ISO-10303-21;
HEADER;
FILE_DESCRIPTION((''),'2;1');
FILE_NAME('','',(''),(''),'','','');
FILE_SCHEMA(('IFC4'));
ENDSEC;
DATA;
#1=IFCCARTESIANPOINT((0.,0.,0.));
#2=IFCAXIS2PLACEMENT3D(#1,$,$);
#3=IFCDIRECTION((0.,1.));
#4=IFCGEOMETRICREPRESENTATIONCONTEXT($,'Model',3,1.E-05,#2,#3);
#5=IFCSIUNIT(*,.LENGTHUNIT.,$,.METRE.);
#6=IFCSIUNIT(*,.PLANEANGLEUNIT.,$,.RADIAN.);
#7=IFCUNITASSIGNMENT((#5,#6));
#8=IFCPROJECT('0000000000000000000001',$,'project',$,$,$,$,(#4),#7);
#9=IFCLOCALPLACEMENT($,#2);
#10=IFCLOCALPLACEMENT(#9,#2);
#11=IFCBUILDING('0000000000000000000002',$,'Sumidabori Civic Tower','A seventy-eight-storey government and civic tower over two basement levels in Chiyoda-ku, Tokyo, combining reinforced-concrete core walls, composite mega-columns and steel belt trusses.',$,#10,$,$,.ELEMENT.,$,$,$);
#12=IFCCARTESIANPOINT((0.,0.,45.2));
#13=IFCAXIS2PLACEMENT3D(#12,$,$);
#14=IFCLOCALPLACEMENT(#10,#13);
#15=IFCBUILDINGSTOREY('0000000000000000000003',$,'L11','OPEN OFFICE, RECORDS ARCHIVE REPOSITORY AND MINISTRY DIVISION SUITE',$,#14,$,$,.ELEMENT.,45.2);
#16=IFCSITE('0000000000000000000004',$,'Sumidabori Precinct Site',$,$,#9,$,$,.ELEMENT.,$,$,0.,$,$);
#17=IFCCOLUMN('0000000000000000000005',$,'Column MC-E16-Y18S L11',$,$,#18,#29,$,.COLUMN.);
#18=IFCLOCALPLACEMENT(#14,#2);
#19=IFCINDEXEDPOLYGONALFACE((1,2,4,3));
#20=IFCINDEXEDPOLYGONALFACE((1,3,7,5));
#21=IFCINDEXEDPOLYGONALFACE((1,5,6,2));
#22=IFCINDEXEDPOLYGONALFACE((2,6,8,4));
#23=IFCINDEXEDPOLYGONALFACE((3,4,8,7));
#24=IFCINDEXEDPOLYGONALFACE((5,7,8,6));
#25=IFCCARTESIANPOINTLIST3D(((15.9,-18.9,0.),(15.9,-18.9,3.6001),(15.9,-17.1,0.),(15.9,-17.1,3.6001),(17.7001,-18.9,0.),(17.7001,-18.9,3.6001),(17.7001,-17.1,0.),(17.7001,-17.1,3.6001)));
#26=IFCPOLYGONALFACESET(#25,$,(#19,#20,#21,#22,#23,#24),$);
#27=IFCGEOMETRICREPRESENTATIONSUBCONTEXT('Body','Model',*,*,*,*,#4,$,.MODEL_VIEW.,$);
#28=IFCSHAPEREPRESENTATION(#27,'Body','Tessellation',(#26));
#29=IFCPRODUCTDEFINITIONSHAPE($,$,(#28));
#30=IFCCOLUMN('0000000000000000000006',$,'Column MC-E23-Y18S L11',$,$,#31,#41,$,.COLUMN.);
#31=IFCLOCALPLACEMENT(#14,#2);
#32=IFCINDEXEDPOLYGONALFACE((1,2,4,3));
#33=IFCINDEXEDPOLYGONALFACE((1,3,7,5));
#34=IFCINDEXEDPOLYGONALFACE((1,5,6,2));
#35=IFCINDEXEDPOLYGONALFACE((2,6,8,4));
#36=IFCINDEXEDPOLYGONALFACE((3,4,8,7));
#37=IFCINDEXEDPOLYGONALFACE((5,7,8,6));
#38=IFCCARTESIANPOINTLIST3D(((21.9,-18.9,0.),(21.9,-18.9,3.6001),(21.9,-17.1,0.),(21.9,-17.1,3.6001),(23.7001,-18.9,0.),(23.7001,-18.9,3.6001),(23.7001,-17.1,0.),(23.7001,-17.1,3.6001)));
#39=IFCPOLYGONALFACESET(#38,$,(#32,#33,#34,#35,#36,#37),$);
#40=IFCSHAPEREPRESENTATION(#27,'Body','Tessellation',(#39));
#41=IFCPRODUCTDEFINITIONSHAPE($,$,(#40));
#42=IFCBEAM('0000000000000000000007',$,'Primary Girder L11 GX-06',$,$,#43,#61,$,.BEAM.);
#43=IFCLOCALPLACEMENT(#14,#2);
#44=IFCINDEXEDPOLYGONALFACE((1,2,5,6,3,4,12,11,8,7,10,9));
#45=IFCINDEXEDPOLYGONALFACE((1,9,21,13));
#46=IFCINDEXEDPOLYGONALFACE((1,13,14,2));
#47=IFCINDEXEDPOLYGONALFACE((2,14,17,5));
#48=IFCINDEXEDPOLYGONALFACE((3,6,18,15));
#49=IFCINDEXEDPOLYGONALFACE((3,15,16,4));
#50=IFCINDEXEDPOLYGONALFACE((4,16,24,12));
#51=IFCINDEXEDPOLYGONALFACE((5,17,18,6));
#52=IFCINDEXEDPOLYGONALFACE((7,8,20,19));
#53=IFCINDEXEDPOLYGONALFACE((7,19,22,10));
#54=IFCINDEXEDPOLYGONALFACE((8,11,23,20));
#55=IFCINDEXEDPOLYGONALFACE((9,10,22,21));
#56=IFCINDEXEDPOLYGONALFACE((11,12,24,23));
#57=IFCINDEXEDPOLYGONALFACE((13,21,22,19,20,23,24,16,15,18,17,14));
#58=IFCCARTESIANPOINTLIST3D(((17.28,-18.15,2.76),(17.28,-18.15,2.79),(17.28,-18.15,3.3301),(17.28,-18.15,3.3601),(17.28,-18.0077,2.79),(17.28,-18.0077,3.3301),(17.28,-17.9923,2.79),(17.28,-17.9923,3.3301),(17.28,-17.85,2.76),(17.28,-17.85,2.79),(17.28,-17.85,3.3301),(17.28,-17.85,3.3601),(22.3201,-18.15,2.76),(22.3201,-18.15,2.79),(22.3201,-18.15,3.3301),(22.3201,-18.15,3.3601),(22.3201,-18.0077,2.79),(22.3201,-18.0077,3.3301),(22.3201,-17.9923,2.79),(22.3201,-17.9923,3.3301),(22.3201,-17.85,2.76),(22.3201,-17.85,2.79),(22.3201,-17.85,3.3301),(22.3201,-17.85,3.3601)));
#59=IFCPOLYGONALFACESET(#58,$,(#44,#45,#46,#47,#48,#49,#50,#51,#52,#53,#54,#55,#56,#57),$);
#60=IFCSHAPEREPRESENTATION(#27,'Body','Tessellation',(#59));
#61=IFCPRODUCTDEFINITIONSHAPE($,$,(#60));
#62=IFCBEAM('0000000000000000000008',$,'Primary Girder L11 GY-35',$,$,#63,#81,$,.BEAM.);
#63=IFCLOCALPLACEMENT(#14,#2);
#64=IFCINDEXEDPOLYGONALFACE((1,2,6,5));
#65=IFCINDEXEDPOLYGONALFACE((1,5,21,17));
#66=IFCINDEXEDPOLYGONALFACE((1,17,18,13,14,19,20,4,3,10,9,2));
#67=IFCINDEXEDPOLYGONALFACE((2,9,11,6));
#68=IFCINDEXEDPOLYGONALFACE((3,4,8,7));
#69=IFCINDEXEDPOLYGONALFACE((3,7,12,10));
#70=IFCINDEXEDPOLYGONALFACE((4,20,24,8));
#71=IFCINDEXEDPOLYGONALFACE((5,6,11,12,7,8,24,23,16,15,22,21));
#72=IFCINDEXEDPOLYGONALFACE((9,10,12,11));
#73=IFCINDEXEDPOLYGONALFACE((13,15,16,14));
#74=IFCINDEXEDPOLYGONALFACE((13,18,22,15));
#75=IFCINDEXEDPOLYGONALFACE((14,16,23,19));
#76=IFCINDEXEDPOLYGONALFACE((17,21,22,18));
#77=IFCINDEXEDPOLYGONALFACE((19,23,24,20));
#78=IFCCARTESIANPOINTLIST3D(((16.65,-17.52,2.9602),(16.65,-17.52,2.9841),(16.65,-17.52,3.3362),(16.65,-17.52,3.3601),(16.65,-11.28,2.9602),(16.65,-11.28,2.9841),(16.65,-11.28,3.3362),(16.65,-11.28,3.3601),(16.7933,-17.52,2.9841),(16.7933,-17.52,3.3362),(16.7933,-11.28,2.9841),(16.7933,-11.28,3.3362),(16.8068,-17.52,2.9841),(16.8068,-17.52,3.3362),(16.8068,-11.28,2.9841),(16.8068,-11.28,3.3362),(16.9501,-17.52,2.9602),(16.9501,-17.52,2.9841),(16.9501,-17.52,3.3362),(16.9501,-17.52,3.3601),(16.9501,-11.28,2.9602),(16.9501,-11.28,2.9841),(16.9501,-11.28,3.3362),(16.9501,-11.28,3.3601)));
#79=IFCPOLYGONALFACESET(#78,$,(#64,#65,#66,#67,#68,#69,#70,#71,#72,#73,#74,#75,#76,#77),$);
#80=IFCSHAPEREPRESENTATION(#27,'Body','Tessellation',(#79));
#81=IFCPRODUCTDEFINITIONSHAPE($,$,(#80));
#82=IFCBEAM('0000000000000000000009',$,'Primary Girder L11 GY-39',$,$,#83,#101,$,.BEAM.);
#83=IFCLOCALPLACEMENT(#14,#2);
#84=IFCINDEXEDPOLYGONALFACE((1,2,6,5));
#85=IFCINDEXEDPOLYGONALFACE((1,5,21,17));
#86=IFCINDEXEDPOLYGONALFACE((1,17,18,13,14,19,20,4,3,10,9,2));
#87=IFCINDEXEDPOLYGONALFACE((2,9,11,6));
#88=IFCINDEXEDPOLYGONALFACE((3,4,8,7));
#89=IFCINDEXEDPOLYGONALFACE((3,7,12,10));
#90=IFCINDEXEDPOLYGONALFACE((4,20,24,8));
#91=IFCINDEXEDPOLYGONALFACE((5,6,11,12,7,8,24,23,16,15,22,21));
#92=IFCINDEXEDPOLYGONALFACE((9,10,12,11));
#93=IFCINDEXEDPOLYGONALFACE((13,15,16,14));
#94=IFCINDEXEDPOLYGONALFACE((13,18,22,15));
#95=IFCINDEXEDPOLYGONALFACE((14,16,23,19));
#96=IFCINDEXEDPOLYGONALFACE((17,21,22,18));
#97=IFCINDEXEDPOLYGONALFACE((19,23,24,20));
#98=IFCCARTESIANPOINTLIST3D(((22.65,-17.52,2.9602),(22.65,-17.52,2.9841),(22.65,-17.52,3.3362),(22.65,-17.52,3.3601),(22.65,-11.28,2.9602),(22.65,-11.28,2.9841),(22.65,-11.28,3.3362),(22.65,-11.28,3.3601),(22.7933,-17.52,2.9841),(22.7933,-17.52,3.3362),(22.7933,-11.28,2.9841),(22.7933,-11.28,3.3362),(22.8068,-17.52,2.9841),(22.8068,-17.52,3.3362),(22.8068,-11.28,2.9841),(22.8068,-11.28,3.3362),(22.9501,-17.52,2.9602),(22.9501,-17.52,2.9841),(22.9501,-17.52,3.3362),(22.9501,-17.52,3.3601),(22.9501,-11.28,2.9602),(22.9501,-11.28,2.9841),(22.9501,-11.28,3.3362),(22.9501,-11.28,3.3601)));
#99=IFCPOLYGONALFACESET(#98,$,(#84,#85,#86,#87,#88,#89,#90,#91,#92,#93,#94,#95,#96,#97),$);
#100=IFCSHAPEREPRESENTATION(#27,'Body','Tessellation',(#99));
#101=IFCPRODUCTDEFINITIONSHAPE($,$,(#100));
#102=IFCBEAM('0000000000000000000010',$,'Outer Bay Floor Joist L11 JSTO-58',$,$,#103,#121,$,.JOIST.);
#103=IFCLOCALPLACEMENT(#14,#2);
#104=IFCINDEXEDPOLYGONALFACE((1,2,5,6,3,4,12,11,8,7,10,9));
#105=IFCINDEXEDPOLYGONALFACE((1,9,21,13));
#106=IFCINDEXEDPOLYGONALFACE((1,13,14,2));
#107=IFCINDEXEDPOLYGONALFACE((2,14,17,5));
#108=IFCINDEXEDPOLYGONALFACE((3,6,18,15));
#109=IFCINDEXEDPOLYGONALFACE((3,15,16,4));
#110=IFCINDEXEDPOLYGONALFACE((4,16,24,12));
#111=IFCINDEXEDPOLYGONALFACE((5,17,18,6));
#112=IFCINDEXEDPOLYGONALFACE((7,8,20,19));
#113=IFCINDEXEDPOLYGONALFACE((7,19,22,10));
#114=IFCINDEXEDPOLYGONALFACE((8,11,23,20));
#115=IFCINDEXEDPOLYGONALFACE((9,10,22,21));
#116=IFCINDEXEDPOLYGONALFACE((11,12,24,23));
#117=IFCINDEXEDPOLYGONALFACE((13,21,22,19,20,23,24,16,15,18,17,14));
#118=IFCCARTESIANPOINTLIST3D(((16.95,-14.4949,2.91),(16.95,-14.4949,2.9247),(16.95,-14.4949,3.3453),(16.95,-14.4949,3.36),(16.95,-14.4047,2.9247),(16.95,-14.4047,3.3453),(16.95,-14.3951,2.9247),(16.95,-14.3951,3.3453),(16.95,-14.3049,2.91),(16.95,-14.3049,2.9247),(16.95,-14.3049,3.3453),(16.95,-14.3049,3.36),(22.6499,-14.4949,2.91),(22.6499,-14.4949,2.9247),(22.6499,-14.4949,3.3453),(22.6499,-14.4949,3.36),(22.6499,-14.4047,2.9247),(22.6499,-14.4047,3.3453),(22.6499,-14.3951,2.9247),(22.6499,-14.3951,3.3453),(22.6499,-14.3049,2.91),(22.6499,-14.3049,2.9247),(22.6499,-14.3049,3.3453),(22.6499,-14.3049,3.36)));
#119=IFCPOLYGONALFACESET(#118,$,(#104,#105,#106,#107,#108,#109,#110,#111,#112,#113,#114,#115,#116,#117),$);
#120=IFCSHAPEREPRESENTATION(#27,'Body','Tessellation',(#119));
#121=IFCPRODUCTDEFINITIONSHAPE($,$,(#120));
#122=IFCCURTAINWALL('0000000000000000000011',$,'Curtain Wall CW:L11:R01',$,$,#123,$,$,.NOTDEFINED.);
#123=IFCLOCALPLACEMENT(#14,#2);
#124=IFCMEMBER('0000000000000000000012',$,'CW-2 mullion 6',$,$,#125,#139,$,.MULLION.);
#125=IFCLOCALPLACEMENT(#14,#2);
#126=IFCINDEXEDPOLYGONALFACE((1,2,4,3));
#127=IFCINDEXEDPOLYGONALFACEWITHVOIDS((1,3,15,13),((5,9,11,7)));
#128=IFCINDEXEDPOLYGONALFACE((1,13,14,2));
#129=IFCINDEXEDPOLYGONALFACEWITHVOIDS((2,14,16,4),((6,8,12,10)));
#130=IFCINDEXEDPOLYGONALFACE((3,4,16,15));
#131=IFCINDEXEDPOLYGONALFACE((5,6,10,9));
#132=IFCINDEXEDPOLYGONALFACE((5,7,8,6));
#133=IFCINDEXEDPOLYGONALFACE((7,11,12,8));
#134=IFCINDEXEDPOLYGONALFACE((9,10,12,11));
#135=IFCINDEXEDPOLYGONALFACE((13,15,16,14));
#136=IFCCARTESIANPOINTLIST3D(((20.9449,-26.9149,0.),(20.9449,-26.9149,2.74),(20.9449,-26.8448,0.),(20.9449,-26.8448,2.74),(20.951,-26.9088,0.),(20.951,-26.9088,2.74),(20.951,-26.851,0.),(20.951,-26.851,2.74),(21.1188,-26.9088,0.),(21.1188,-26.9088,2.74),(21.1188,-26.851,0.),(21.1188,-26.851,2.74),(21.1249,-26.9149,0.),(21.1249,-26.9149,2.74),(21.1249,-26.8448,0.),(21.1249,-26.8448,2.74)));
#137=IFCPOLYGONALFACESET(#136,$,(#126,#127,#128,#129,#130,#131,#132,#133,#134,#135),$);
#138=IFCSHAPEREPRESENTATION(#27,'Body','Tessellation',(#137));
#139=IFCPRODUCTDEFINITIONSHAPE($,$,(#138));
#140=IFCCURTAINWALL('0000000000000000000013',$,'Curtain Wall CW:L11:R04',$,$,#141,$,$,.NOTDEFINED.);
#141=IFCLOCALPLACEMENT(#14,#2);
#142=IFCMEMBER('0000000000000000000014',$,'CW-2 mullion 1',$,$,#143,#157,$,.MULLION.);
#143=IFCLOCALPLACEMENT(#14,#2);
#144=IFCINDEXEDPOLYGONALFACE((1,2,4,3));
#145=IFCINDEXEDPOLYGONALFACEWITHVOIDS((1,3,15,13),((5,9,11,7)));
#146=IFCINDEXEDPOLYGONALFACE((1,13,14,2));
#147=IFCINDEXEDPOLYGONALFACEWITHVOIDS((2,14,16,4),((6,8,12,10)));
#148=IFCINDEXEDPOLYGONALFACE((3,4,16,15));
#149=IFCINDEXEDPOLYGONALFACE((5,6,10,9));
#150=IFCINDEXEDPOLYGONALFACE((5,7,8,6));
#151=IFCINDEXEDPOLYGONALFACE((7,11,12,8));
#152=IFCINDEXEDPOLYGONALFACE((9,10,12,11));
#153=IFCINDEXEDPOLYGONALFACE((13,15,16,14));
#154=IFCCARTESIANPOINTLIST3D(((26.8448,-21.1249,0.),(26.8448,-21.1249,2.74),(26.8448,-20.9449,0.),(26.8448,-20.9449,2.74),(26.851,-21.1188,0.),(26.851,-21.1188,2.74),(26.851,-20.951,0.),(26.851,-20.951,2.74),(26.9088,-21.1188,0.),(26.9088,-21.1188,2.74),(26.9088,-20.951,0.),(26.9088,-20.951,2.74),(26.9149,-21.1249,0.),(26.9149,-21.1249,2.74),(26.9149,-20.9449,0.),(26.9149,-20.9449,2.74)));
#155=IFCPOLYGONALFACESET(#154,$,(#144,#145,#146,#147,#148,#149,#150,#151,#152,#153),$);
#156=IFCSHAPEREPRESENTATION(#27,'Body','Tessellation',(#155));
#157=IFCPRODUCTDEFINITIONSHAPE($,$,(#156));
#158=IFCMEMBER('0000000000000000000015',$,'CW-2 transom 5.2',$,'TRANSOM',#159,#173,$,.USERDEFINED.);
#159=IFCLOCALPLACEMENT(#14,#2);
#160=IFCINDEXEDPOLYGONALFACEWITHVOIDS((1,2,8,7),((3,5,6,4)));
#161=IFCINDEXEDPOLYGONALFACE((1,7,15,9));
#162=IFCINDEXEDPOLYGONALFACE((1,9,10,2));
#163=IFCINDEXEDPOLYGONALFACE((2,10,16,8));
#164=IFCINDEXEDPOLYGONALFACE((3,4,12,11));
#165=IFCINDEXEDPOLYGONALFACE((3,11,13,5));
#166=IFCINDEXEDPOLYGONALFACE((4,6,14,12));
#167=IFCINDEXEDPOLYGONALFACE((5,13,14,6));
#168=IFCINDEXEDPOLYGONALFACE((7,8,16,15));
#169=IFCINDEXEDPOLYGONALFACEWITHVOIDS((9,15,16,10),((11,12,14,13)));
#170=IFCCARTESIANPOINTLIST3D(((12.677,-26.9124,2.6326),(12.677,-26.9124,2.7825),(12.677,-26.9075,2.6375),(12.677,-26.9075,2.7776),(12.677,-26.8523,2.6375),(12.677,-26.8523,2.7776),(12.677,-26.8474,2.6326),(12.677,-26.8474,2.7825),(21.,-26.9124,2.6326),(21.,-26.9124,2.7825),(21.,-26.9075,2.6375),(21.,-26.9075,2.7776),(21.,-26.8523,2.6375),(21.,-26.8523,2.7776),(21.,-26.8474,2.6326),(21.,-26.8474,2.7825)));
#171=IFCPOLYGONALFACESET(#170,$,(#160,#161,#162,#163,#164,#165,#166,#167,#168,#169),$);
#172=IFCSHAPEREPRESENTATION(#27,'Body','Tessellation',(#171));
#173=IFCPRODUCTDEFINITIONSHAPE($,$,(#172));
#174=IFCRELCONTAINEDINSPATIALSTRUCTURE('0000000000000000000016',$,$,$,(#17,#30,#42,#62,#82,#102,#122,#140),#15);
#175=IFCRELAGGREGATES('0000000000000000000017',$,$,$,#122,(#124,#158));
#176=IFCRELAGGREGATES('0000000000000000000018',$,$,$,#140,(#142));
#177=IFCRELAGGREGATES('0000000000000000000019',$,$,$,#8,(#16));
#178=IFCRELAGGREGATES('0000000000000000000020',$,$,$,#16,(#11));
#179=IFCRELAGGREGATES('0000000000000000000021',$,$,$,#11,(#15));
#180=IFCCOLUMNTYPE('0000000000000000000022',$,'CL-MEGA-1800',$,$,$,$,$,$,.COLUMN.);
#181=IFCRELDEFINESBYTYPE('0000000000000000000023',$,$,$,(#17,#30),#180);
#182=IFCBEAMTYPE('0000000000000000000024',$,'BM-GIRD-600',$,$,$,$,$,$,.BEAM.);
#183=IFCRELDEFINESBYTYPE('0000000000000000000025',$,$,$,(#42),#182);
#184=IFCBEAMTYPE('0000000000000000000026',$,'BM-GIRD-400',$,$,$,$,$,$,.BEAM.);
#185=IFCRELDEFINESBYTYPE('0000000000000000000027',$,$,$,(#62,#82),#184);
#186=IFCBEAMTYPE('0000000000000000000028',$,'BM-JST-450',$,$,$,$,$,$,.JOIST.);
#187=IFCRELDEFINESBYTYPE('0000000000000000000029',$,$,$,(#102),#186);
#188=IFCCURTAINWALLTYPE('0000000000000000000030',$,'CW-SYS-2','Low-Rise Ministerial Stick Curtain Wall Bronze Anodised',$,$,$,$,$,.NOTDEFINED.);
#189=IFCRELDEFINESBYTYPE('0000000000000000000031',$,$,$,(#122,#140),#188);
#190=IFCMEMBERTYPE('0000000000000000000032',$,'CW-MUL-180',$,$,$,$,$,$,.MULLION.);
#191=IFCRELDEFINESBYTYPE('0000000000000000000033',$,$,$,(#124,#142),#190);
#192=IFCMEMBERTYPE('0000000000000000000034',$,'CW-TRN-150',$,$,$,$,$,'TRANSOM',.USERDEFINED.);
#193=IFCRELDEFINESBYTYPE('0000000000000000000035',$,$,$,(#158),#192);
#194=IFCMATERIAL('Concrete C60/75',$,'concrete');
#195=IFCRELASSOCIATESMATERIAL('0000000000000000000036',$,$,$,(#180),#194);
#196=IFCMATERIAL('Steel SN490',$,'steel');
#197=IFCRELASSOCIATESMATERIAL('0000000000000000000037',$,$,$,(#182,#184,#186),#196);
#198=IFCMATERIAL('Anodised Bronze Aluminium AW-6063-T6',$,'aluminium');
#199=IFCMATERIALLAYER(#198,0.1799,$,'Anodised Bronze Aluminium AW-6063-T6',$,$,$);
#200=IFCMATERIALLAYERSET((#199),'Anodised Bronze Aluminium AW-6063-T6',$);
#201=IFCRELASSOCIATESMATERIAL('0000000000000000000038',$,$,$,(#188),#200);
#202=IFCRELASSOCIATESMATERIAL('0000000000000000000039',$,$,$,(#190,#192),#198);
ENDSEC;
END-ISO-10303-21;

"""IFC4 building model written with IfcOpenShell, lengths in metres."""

from ifc_helpers import new_model, si_unit, direction, frame, origin, origin_2d, place, context, subcontext, project, spatial, rectangle, hollow_rectangle, i_section, extrude, source, transform, mapped, material, layer, layer_set, material_profile, profile_set, type_object, element, aggregate, save


model = new_model("IFC4")

# Units and contexts
model_context = context("Model", 3, precision=1e-05, world=origin(), true_north=direction((0.0, 1.0)))
body_context = subcontext(model_context, "Body", "Model", "MODEL_VIEW")
ifc_project = project(units=[si_unit("LENGTHUNIT", "METRE"), si_unit("PLANEANGLEUNIT", "RADIAN")], contexts=[model_context])

# Site, building, storey
site_placement = place(None, origin())
site = spatial("IfcSite", under=ifc_project, at=site_placement, Name="Sumidabori Precinct Site", CompositionType="ELEMENT", RefElevation=0.0)
building_placement = place(site_placement, origin())
building = spatial("IfcBuilding", under=site, at=building_placement, Name="Sumidabori Civic Tower", Description="A seventy-eight-storey government and civic tower over two basement levels in Chiyoda-ku, Tokyo, combining reinforced-concrete core walls, composite mega-columns and steel belt trusses.", CompositionType="ELEMENT")
storey_placement = place(building_placement, frame((0.0, 0.0, 45.2)))
storey = spatial("IfcBuildingStorey", under=building, at=storey_placement, Name="L11", Description="OPEN OFFICE, RECORDS ARCHIVE REPOSITORY AND MINISTRY DIVISION SUITE", CompositionType="ELEMENT", Elevation=45.2)

# Columns
ifc_material_1 = material(Name="Concrete C60/75", Category="concrete")
ifc_material_profile_1 = material_profile(ifc_material_1, rectangle(XDim=1.8, YDim=1.8, at=origin_2d()), Name="RC 1800x1800")
ifc_profile_set_1 = profile_set([ifc_material_profile_1], Name="Concrete C60/75")
column_type = type_object("IfcColumnType", Name="CL-MEGA-1800", PredefinedType="COLUMN", material=ifc_profile_set_1)
shared_shape_1 = source(origin(), body_context, "Body", "SweptSolid", [
    extrude(rectangle(XDim=1.8, YDim=1.8, at=origin_2d()), origin(), (0.0, 0.0, 1.0), 3.6001),
])
for number, where, z_axis, x_axis, name in (
    (1, (16.8, -18.0, 0.0), (0.0, 0.0, 1.0), (1.0, 0.0, 0.0), "Column MC-E16-Y18S L11"),
    (2, (22.8, -18.0, 0.0), (0.0, 0.0, 1.0), (1.0, 0.0, 0.0), "Column MC-E23-Y18S L11"),
):
    element("IfcColumn", number, at=place(storey_placement, frame(where, z_axis=z_axis, x_axis=x_axis)), inside=storey, type_object=column_type, Name=name, PredefinedType="COLUMN", context=body_context, shape_type="MappedRepresentation", body=[
        mapped(shared_shape_1, transform((0.0, 0.0, 0.0), x_axis=(1.0, 0.0, 0.0), y_axis=(0.0, 1.0, 0.0), z_axis=(0.0, 0.0, 1.0), scale=1.0)),
    ])

# Beams
ifc_material_2 = material(Name="Steel SN490", Category="steel")
ifc_material_profile_2 = material_profile(ifc_material_2, i_section(OverallWidth=0.3, OverallDepth=0.6001, WebThickness=0.0154, FlangeThickness=0.03, at=origin_2d()), Name="HE 600 B")
ifc_profile_set_2 = profile_set([ifc_material_profile_2], Name="Steel SN490")
beam_type_1 = type_object("IfcBeamType", Name="BM-GIRD-600", PredefinedType="BEAM", material=ifc_profile_set_2)
shared_shape_2 = source(origin(), body_context, "Body", "SweptSolid", [
    extrude(i_section(OverallWidth=0.3, OverallDepth=0.6001, WebThickness=0.0154, FlangeThickness=0.03, at=origin_2d()), origin(), (0.0, 0.0, 1.0), 5.04),
])
beam_1_placement = place(storey_placement, frame((17.28, -18.0, 3.0601), z_axis=(1.0, 0.0, 0.0), x_axis=(0.0, 1.0, 0.0)))
element("IfcBeam", 3, at=beam_1_placement, inside=storey, type_object=beam_type_1, Name="Primary Girder L11 GX-06", PredefinedType="BEAM", context=body_context, shape_type="MappedRepresentation", body=[
    mapped(shared_shape_2, transform((0.0, 0.0, 0.0), x_axis=(1.0, 0.0, 0.0), y_axis=(0.0, 1.0, 0.0), z_axis=(0.0, 0.0, 1.0), scale=1.0)),
])
ifc_material_profile_3 = material_profile(ifc_material_2, i_section(OverallWidth=0.3, OverallDepth=0.3999, WebThickness=0.0134, FlangeThickness=0.0239, at=origin_2d()), Name="HE 400 B")
ifc_profile_set_3 = profile_set([ifc_material_profile_3], Name="Steel SN490")
beam_type_2 = type_object("IfcBeamType", Name="BM-GIRD-400", PredefinedType="BEAM", material=ifc_profile_set_3)
shared_shape_3 = source(origin(), body_context, "Body", "SweptSolid", [
    extrude(i_section(OverallWidth=0.3, OverallDepth=0.3999, WebThickness=0.0134, FlangeThickness=0.0239, at=origin_2d()), origin(), (0.0, 0.0, 1.0), 6.24),
])
for number, where, z_axis, x_axis, name in (
    (4, (16.8, -17.52, 3.1602), (0.0, 1.0, 0.0), (-1.0, 0.0, 0.0), "Primary Girder L11 GY-35"),
    (5, (22.8, -17.52, 3.1602), (0.0, 1.0, 0.0), (-1.0, 0.0, 0.0), "Primary Girder L11 GY-39"),
):
    element("IfcBeam", number, at=place(storey_placement, frame(where, z_axis=z_axis, x_axis=x_axis)), inside=storey, type_object=beam_type_2, Name=name, PredefinedType="BEAM", context=body_context, shape_type="MappedRepresentation", body=[
        mapped(shared_shape_3, transform((0.0, 0.0, 0.0), x_axis=(1.0, 0.0, 0.0), y_axis=(0.0, 1.0, 0.0), z_axis=(0.0, 0.0, 1.0), scale=1.0)),
    ])
ifc_material_profile_4 = material_profile(ifc_material_2, i_section(OverallWidth=0.1899, OverallDepth=0.45, WebThickness=0.0095, FlangeThickness=0.0146, at=origin_2d()), Name="IPE 450")
ifc_profile_set_4 = profile_set([ifc_material_profile_4], Name="Steel SN490")
beam_type_3 = type_object("IfcBeamType", Name="BM-JST-450", PredefinedType="JOIST", material=ifc_profile_set_4)
shared_shape_4 = source(origin(), body_context, "Body", "SweptSolid", [
    extrude(i_section(OverallWidth=0.1899, OverallDepth=0.45, WebThickness=0.0095, FlangeThickness=0.0146, at=origin_2d()), origin(), (0.0, 0.0, 1.0), 5.7),
])
beam_2_placement = place(storey_placement, frame((16.95, -14.3999, 3.135), z_axis=(1.0, 0.0, 0.0), x_axis=(0.0, 1.0, 0.0)))
element("IfcBeam", 6, at=beam_2_placement, inside=storey, type_object=beam_type_3, Name="Outer Bay Floor Joist L11 JSTO-58", PredefinedType="JOIST", context=body_context, shape_type="MappedRepresentation", body=[
    mapped(shared_shape_4, transform((0.0, 0.0, 0.0), x_axis=(1.0, 0.0, 0.0), y_axis=(0.0, 1.0, 0.0), z_axis=(0.0, 0.0, 1.0), scale=1.0)),
])

# Curtain walls, members
ifc_material_3 = material(Name="Anodised Bronze Aluminium AW-6063-T6", Category="aluminium")
ifc_layer_1 = layer(ifc_material_3, 0.1799, Name="Anodised Bronze Aluminium AW-6063-T6")
ifc_layer_set_1 = layer_set([ifc_layer_1], Name="Anodised Bronze Aluminium AW-6063-T6")
curtain_wall_type = type_object("IfcCurtainWallType", Name="CW-SYS-2", Description="Low-Rise Ministerial Stick Curtain Wall Bronze Anodised", PredefinedType="NOTDEFINED", material=ifc_layer_set_1)
curtain_wall_1_placement = place(storey_placement, origin())
curtain_wall_1 = element("IfcCurtainWall", 7, at=curtain_wall_1_placement, inside=storey, type_object=curtain_wall_type, Name="Curtain Wall CW:L11:R01", PredefinedType="NOTDEFINED")
ifc_material_profile_5 = material_profile(ifc_material_3, hollow_rectangle(XDim=0.0701, YDim=0.1799, WallThickness=0.0061, at=origin_2d()), Name="ALU MULLION 180x70")
ifc_profile_set_5 = profile_set([ifc_material_profile_5], Name="Anodised Bronze Aluminium AW-6063-T6")
member_type_1 = type_object("IfcMemberType", Name="CW-MUL-180", PredefinedType="MULLION", material=ifc_profile_set_5)
shared_shape_5 = source(origin(), body_context, "Body", "SweptSolid", [
    extrude(hollow_rectangle(XDim=0.0701, YDim=0.1799, WallThickness=0.0061, at=origin_2d()), origin(), (0.0, 0.0, 1.0), 2.74),
])
member_1_placement = place(storey_placement, frame((21.0349, -26.8799, 0.0), z_axis=(0.0, 0.0, 1.0), x_axis=(0.0, 1.0, 0.0)))
member_1 = element("IfcMember", 8, at=member_1_placement, type_object=member_type_1, Name="CW-2 mullion 6", PredefinedType="MULLION", context=body_context, shape_type="MappedRepresentation", body=[
    mapped(shared_shape_5, transform((0.0, 0.0, 0.0), x_axis=(1.0, 0.0, 0.0), y_axis=(0.0, 1.0, 0.0), z_axis=(0.0, 0.0, 1.0), scale=1.0)),
])
curtain_wall_2_placement = place(storey_placement, origin())
curtain_wall_2 = element("IfcCurtainWall", 9, at=curtain_wall_2_placement, inside=storey, type_object=curtain_wall_type, Name="Curtain Wall CW:L11:R04", PredefinedType="NOTDEFINED")
member_2_placement = place(storey_placement, frame((26.8799, -21.0349, 0.0), z_axis=(0.0, 0.0, 1.0), x_axis=(-1.0, 0.0, 0.0)))
member_2 = element("IfcMember", 10, at=member_2_placement, type_object=member_type_1, Name="CW-2 mullion 1", PredefinedType="MULLION", context=body_context, shape_type="MappedRepresentation", body=[
    mapped(shared_shape_5, transform((0.0, 0.0, 0.0), x_axis=(1.0, 0.0, 0.0), y_axis=(0.0, 1.0, 0.0), z_axis=(0.0, 0.0, 1.0), scale=1.0)),
])

# Member
ifc_material_profile_6 = material_profile(ifc_material_3, hollow_rectangle(XDim=0.0649, YDim=0.1499, WallThickness=0.0049, at=origin_2d()), Name="ALU TRANSOM 150x65")
ifc_profile_set_6 = profile_set([ifc_material_profile_6], Name="Anodised Bronze Aluminium AW-6063-T6")
member_type_2 = type_object("IfcMemberType", Name="CW-TRN-150", ElementType="TRANSOM", PredefinedType="USERDEFINED", material=ifc_profile_set_6)
shared_shape_6 = source(origin(), body_context, "Body", "SweptSolid", [
    extrude(hollow_rectangle(XDim=0.0649, YDim=0.1499, WallThickness=0.0049, at=origin_2d()), origin(), (0.0, 0.0, 1.0), 8.323),
])
member_3_placement = place(storey_placement, frame((12.677, -26.8799, 2.7075), z_axis=(1.0, 0.0, 0.0), x_axis=(0.0, 1.0, 0.0)))
member_3 = element("IfcMember", 11, at=member_3_placement, type_object=member_type_2, Name="CW-2 transom 5.2", ObjectType="TRANSOM", PredefinedType="USERDEFINED", context=body_context, shape_type="MappedRepresentation", body=[
    mapped(shared_shape_6, transform((0.0, 0.0, 0.0), x_axis=(1.0, 0.0, 0.0), y_axis=(0.0, 1.0, 0.0), z_axis=(0.0, 0.0, 1.0), scale=1.0)),
])

aggregate(curtain_wall_1, [member_1, member_3])
aggregate(curtain_wall_2, [member_2])

save(model, "model.ifc")
